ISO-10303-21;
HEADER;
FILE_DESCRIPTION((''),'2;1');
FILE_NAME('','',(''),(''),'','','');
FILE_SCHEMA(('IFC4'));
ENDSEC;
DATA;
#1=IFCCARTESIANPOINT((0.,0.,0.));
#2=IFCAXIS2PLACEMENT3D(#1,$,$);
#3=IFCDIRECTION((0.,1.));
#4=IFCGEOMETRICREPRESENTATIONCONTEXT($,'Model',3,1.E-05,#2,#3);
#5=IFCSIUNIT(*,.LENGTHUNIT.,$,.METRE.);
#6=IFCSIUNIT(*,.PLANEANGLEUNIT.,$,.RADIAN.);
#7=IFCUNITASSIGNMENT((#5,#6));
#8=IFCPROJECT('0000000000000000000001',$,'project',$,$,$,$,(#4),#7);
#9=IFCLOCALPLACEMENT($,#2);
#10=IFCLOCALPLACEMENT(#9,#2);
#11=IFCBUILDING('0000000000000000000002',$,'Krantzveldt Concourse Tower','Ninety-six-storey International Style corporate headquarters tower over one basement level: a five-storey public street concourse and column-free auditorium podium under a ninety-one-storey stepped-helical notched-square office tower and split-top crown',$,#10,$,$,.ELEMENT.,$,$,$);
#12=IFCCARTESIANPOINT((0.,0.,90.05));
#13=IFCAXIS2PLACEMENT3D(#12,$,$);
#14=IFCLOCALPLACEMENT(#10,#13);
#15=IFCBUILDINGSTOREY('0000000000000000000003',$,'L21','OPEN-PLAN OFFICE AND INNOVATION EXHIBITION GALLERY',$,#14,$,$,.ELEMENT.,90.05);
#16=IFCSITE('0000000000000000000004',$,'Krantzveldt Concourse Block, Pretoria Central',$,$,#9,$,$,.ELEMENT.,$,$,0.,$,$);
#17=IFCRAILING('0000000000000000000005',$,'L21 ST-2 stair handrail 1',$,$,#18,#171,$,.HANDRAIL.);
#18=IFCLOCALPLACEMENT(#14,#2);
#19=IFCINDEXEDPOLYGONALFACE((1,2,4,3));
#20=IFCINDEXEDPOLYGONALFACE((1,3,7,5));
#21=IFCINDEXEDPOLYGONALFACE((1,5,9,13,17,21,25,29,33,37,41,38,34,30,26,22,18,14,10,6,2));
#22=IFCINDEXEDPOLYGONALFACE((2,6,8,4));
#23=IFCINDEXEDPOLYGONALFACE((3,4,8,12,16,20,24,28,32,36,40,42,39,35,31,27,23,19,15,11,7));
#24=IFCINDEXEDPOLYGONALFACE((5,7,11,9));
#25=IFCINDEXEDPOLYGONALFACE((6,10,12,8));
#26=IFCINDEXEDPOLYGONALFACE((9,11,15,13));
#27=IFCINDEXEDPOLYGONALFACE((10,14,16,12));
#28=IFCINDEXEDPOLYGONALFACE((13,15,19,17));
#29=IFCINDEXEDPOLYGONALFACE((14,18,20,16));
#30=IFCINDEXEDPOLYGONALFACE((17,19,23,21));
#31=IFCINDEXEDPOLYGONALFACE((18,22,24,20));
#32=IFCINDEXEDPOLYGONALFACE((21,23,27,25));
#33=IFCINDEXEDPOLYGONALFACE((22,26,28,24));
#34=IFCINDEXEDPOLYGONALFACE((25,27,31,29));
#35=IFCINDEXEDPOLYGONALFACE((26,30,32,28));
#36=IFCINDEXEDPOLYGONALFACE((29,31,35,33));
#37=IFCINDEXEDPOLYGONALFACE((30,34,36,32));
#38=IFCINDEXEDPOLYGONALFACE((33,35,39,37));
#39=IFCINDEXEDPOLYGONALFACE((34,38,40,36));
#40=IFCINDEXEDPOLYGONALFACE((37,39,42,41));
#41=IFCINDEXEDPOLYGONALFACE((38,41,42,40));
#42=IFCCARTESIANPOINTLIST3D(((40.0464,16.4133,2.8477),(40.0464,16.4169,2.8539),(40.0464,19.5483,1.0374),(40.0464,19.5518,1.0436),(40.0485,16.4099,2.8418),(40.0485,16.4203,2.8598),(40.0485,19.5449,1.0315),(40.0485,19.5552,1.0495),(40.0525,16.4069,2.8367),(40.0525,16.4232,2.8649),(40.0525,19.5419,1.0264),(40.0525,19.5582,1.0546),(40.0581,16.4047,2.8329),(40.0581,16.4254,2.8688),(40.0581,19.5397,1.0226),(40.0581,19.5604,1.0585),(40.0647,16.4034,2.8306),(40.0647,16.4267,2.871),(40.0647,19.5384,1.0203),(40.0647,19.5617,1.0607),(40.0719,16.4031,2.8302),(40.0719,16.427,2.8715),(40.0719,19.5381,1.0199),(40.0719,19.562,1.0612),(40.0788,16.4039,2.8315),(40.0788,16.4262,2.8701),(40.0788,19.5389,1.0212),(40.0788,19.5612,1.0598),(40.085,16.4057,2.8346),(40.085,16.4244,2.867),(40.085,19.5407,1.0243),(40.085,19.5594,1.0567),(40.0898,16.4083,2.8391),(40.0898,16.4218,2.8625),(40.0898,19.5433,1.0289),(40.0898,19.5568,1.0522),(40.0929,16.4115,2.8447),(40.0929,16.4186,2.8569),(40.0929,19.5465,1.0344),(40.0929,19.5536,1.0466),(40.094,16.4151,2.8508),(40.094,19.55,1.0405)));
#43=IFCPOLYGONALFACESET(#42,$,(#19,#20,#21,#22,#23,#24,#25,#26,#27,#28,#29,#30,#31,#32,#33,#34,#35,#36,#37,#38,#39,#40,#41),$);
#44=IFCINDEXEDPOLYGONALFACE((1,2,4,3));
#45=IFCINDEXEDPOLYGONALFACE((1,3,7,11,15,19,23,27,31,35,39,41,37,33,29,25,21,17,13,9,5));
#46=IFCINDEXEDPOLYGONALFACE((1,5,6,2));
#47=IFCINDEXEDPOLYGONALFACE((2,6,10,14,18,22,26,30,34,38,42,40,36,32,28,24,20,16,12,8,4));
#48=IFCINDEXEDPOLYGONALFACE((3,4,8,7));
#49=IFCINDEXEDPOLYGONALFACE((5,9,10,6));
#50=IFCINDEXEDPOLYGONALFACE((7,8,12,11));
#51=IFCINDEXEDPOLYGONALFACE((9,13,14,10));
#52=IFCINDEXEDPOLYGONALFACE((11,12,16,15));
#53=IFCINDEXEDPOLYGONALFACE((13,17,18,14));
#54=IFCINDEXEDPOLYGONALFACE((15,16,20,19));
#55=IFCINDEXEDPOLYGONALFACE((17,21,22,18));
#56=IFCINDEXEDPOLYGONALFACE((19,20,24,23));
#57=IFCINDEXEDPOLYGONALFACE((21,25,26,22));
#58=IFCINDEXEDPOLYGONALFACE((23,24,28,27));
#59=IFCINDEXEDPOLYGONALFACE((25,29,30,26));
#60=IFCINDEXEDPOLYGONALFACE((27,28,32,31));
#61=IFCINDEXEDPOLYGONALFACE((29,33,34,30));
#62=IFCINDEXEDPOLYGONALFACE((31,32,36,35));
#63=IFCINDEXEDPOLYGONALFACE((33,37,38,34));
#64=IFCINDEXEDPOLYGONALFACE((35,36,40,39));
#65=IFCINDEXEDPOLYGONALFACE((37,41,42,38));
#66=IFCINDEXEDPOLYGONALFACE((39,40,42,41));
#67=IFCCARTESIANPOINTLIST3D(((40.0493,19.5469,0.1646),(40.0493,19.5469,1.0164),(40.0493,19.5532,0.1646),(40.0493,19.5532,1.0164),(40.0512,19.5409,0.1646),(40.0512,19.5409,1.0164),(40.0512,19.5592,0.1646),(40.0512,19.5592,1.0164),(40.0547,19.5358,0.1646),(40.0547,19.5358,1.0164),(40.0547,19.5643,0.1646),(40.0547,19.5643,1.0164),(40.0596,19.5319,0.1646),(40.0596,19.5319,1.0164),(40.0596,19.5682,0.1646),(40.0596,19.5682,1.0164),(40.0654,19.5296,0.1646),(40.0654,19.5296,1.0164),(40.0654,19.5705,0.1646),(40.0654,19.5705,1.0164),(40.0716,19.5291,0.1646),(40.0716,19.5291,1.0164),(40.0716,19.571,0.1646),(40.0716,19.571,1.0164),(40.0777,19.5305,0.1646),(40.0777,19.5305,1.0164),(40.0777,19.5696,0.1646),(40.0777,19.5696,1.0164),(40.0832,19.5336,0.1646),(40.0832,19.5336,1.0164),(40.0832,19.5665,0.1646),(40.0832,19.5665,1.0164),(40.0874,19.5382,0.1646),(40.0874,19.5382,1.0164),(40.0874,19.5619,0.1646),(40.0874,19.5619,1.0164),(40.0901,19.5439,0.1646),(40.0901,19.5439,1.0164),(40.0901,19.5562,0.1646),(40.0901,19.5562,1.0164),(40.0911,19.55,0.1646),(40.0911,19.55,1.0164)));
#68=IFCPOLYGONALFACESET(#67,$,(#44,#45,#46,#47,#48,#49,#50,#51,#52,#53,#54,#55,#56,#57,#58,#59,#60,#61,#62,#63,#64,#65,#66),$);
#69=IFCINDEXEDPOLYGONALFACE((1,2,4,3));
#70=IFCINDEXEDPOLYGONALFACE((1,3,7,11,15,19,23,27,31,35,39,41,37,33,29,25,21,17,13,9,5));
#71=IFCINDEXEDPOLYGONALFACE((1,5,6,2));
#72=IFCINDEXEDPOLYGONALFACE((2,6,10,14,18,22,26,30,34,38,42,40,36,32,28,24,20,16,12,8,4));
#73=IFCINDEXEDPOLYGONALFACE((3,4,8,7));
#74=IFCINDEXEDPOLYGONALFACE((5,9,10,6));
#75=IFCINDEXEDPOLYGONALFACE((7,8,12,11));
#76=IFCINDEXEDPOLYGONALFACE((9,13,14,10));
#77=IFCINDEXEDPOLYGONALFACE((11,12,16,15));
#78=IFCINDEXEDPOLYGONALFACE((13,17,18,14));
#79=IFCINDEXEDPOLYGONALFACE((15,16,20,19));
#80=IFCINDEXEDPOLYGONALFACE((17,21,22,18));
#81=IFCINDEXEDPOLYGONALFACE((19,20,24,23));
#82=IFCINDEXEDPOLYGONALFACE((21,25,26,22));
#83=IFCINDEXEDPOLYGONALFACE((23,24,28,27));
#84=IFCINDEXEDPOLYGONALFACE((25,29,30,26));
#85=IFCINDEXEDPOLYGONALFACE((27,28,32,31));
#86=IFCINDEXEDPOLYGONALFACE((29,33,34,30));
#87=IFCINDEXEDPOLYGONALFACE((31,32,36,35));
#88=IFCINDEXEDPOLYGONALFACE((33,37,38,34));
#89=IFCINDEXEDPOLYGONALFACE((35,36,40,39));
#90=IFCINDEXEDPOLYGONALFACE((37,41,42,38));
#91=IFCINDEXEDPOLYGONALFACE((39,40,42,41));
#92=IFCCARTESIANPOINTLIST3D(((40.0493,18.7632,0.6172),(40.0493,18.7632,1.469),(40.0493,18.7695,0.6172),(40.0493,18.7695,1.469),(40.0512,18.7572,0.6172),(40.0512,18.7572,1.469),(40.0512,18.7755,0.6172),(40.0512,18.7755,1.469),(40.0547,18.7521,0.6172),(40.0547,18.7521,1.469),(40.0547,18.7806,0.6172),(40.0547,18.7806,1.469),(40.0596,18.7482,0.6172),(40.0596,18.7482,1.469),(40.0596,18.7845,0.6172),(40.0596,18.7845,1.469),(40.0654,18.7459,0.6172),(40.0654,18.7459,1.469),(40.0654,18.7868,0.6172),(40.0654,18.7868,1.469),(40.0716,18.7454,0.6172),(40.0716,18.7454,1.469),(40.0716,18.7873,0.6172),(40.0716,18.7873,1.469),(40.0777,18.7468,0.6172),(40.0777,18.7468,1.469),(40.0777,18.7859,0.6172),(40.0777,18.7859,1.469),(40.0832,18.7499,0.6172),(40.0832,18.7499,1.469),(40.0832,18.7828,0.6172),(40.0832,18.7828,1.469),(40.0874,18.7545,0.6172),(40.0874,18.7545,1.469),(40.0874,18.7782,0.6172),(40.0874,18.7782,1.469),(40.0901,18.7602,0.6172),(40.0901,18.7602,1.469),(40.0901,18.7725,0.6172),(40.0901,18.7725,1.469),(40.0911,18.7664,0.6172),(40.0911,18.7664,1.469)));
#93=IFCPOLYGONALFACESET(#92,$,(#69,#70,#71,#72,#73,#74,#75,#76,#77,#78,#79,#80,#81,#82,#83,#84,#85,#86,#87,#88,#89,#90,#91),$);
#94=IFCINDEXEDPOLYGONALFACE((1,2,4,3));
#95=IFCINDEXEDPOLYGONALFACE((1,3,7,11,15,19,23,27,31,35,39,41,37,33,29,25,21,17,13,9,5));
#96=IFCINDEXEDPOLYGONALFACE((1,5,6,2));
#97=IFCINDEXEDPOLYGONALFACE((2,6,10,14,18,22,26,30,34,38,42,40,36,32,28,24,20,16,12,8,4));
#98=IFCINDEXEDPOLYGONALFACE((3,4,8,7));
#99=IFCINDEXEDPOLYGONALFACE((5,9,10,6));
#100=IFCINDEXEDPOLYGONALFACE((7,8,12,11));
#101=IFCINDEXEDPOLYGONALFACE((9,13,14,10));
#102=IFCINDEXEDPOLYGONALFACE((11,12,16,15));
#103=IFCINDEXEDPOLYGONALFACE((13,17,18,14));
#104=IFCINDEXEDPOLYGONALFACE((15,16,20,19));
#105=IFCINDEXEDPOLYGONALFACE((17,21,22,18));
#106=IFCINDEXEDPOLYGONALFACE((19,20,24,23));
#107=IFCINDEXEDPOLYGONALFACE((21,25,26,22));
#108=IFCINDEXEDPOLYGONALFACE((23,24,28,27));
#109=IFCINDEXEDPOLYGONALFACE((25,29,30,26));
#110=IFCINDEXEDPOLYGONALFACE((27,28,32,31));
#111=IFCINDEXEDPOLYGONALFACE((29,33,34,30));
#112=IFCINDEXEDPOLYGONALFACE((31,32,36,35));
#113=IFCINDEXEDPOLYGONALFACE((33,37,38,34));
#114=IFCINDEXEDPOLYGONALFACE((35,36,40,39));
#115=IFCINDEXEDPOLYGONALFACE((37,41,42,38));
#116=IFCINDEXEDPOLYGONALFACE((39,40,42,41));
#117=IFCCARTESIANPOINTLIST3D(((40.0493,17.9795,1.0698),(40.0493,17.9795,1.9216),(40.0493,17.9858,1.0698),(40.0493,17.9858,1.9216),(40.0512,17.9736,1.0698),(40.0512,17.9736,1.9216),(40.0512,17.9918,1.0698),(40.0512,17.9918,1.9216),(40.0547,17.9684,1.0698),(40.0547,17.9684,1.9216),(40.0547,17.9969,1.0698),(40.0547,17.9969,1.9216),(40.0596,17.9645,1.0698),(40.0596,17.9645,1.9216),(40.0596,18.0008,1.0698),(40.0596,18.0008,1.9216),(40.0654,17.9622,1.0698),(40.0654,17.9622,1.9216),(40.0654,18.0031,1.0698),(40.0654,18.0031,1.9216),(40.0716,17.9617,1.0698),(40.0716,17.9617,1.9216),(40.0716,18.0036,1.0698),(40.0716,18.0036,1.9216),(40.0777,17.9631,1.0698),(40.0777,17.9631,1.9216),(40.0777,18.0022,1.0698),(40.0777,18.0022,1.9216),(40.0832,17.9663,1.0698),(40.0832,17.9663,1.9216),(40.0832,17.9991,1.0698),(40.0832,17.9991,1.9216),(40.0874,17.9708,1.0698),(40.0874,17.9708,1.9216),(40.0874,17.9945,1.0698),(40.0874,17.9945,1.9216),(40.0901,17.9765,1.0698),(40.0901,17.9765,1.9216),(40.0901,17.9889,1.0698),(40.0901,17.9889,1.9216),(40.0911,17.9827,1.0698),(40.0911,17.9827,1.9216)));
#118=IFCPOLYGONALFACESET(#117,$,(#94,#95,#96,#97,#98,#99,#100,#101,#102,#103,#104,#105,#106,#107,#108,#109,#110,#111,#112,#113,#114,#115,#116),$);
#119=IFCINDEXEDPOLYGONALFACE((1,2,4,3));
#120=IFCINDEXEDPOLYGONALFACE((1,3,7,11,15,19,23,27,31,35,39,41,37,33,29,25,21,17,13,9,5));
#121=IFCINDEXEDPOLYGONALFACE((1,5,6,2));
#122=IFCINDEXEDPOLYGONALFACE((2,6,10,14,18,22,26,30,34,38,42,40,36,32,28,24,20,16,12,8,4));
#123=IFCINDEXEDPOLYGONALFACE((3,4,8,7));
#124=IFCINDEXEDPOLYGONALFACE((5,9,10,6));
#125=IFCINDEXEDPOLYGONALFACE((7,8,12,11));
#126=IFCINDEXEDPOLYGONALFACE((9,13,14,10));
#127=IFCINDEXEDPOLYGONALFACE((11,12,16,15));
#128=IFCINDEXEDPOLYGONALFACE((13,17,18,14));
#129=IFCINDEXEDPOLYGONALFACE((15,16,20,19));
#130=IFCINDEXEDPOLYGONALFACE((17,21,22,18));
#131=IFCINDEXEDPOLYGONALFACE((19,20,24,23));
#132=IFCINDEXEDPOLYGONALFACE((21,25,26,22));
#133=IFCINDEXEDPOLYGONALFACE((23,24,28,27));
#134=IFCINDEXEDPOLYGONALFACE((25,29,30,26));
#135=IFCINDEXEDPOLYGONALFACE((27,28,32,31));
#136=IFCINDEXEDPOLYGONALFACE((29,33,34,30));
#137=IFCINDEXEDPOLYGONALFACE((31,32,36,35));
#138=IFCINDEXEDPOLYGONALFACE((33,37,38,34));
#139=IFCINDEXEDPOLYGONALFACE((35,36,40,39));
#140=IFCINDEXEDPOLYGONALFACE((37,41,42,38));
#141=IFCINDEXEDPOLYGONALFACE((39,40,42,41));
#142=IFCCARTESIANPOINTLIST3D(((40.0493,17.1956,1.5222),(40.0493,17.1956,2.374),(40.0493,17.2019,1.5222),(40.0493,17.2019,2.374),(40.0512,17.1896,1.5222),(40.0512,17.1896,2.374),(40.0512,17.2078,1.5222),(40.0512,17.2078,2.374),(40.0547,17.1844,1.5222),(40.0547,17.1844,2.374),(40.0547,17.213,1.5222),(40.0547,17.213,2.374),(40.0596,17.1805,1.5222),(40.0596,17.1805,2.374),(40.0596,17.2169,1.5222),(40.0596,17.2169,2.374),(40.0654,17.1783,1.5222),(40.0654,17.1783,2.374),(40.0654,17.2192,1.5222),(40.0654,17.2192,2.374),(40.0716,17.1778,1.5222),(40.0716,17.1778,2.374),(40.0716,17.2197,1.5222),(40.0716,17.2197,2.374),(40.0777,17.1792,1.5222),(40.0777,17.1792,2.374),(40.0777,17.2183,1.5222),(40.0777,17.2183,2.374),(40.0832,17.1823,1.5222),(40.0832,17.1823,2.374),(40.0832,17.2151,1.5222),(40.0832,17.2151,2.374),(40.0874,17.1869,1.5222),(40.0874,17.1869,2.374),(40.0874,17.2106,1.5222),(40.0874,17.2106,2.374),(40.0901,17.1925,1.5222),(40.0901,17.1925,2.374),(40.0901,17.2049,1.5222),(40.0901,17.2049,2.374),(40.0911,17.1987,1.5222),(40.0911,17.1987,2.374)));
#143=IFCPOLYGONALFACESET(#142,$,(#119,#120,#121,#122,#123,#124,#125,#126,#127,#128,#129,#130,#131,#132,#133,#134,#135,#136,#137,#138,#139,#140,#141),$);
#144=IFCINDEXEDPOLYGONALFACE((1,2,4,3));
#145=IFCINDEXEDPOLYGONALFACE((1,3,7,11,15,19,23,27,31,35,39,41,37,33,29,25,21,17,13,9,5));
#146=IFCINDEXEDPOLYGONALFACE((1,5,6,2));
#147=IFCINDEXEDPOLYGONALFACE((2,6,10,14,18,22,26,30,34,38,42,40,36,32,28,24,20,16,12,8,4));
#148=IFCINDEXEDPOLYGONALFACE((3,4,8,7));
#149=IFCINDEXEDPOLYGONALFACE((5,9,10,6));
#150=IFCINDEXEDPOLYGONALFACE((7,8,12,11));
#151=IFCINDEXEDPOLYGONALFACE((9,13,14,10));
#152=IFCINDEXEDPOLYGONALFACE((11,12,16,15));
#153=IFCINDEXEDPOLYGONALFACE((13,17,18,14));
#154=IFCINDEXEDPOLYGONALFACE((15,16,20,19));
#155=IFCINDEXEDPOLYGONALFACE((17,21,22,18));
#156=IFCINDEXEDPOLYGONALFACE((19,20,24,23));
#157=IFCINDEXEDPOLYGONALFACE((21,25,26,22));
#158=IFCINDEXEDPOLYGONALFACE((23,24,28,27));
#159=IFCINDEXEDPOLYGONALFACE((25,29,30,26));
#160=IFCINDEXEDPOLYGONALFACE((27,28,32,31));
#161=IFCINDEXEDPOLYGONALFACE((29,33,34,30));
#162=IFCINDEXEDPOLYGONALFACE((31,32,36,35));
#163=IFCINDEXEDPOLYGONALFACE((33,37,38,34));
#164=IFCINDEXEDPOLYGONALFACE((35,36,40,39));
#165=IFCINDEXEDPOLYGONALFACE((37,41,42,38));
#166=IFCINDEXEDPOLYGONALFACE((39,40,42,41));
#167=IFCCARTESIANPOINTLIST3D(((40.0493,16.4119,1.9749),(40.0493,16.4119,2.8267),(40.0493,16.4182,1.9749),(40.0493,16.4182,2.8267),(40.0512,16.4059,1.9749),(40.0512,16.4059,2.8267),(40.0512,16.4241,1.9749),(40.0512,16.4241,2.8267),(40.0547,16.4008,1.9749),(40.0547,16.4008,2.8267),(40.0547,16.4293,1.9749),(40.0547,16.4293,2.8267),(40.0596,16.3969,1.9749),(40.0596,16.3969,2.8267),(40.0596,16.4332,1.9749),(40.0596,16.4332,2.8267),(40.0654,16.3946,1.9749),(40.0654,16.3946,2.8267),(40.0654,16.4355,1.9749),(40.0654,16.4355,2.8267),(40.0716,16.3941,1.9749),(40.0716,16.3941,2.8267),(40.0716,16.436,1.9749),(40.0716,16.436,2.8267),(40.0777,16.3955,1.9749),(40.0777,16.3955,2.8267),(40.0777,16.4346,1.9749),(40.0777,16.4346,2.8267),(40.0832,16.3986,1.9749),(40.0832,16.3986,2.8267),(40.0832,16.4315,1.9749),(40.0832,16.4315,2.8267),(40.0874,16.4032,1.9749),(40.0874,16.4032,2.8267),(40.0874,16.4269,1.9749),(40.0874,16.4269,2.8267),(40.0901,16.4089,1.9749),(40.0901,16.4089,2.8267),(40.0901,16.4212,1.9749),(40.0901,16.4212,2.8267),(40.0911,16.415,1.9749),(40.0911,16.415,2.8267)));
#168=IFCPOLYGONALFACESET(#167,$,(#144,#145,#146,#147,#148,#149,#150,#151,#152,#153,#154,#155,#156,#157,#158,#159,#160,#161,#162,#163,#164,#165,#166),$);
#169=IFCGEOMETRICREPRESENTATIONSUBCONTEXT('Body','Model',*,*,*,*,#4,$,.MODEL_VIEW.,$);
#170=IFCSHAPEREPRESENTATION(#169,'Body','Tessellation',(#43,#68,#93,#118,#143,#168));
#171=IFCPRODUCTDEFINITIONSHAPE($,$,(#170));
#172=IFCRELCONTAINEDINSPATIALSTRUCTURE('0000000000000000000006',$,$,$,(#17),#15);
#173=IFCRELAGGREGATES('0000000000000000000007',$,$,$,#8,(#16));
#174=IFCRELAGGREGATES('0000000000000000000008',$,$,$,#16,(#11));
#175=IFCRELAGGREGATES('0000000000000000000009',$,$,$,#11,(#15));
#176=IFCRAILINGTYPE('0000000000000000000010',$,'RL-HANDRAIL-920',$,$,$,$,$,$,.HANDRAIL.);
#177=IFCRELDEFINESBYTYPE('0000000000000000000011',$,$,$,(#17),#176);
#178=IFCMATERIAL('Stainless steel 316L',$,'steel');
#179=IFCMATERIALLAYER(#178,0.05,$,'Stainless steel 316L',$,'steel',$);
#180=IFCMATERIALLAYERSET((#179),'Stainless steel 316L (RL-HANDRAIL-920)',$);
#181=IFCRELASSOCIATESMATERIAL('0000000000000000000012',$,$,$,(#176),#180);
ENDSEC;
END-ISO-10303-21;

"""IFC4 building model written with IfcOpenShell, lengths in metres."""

from ifc_helpers import new_model, si_unit, direction, frame, origin, origin_2d, place, context, subcontext, project, spatial, circle, extrude, material, layer, layer_set, type_object, element, save


model = new_model("IFC4")

# Units and contexts
model_context = context("Model", 3, precision=1e-05, world=origin(), true_north=direction((0.0, 1.0)))
body_context = subcontext(model_context, "Body", "Model", "MODEL_VIEW")
ifc_project = project(units=[si_unit("LENGTHUNIT", "METRE"), si_unit("PLANEANGLEUNIT", "RADIAN")], contexts=[model_context])

# Site, building, storey
site_placement = place(None, origin())
site = spatial("IfcSite", under=ifc_project, at=site_placement, Name="Krantzveldt Concourse Block, Pretoria Central", CompositionType="ELEMENT", RefElevation=0.0)
building_placement = place(site_placement, origin())
building = spatial("IfcBuilding", under=site, at=building_placement, Name="Krantzveldt Concourse Tower", Description="Ninety-six-storey International Style corporate headquarters tower over one basement level: a five-storey public street concourse and column-free auditorium podium under a ninety-one-storey stepped-helical notched-square office tower and split-top crown", CompositionType="ELEMENT")
storey_placement = place(building_placement, frame((0.0, 0.0, 90.05)))
storey = spatial("IfcBuildingStorey", under=building, at=storey_placement, Name="L21", Description="OPEN-PLAN OFFICE AND INNOVATION EXHIBITION GALLERY", CompositionType="ELEMENT", Elevation=90.05)

# Shared definitions
ifc_material_1 = material(Name="Stainless steel 316L", Category="steel")

# Railing
ifc_layer_1 = layer(ifc_material_1, 0.05, Name="Stainless steel 316L", Category="steel")
ifc_layer_set_1 = layer_set([ifc_layer_1], Name="Stainless steel 316L (RL-HANDRAIL-920)")
railing_type_1 = type_object("IfcRailingType", Name="RL-HANDRAIL-920", PredefinedType="HANDRAIL", material=ifc_layer_set_1)
railing_1_placement = place(storey_placement, frame((40.0701, 19.55, 0.1646)))
element("IfcRailing", 1, at=railing_1_placement, inside=storey, type_object=railing_type_1, Name="L21 ST-2 stair handrail 1", PredefinedType="HANDRAIL", context=body_context, shape_type="SweptSolid", body=[
    extrude(circle(Radius=0.0239, at=origin_2d()), frame((0.0, 0.0, 0.876), z_axis=(0.0, -0.865989, 0.500063), x_axis=(1.0, 0.0, 0.0)), (0.0, 0.0, 1.0), 3.6201),
    extrude(circle(Radius=0.021, at=origin_2d()), origin(), (0.0, 0.0, 1.0), 0.8518),
    extrude(circle(Radius=0.021, at=origin_2d()), frame((0.0, -0.7837, 0.4526)), (0.0, 0.0, 1.0), 0.8518),
    extrude(circle(Radius=0.021, at=origin_2d()), frame((0.0, -1.5674, 0.9053)), (0.0, 0.0, 1.0), 0.8518),
    extrude(circle(Radius=0.021, at=origin_2d()), frame((0.0, -2.3513, 1.3577)), (0.0, 0.0, 1.0), 0.8518),
    extrude(circle(Radius=0.021, at=origin_2d()), frame((0.0, -3.135, 1.8103)), (0.0, 0.0, 1.0), 0.8518),
])

save(model, "model.ifc")
